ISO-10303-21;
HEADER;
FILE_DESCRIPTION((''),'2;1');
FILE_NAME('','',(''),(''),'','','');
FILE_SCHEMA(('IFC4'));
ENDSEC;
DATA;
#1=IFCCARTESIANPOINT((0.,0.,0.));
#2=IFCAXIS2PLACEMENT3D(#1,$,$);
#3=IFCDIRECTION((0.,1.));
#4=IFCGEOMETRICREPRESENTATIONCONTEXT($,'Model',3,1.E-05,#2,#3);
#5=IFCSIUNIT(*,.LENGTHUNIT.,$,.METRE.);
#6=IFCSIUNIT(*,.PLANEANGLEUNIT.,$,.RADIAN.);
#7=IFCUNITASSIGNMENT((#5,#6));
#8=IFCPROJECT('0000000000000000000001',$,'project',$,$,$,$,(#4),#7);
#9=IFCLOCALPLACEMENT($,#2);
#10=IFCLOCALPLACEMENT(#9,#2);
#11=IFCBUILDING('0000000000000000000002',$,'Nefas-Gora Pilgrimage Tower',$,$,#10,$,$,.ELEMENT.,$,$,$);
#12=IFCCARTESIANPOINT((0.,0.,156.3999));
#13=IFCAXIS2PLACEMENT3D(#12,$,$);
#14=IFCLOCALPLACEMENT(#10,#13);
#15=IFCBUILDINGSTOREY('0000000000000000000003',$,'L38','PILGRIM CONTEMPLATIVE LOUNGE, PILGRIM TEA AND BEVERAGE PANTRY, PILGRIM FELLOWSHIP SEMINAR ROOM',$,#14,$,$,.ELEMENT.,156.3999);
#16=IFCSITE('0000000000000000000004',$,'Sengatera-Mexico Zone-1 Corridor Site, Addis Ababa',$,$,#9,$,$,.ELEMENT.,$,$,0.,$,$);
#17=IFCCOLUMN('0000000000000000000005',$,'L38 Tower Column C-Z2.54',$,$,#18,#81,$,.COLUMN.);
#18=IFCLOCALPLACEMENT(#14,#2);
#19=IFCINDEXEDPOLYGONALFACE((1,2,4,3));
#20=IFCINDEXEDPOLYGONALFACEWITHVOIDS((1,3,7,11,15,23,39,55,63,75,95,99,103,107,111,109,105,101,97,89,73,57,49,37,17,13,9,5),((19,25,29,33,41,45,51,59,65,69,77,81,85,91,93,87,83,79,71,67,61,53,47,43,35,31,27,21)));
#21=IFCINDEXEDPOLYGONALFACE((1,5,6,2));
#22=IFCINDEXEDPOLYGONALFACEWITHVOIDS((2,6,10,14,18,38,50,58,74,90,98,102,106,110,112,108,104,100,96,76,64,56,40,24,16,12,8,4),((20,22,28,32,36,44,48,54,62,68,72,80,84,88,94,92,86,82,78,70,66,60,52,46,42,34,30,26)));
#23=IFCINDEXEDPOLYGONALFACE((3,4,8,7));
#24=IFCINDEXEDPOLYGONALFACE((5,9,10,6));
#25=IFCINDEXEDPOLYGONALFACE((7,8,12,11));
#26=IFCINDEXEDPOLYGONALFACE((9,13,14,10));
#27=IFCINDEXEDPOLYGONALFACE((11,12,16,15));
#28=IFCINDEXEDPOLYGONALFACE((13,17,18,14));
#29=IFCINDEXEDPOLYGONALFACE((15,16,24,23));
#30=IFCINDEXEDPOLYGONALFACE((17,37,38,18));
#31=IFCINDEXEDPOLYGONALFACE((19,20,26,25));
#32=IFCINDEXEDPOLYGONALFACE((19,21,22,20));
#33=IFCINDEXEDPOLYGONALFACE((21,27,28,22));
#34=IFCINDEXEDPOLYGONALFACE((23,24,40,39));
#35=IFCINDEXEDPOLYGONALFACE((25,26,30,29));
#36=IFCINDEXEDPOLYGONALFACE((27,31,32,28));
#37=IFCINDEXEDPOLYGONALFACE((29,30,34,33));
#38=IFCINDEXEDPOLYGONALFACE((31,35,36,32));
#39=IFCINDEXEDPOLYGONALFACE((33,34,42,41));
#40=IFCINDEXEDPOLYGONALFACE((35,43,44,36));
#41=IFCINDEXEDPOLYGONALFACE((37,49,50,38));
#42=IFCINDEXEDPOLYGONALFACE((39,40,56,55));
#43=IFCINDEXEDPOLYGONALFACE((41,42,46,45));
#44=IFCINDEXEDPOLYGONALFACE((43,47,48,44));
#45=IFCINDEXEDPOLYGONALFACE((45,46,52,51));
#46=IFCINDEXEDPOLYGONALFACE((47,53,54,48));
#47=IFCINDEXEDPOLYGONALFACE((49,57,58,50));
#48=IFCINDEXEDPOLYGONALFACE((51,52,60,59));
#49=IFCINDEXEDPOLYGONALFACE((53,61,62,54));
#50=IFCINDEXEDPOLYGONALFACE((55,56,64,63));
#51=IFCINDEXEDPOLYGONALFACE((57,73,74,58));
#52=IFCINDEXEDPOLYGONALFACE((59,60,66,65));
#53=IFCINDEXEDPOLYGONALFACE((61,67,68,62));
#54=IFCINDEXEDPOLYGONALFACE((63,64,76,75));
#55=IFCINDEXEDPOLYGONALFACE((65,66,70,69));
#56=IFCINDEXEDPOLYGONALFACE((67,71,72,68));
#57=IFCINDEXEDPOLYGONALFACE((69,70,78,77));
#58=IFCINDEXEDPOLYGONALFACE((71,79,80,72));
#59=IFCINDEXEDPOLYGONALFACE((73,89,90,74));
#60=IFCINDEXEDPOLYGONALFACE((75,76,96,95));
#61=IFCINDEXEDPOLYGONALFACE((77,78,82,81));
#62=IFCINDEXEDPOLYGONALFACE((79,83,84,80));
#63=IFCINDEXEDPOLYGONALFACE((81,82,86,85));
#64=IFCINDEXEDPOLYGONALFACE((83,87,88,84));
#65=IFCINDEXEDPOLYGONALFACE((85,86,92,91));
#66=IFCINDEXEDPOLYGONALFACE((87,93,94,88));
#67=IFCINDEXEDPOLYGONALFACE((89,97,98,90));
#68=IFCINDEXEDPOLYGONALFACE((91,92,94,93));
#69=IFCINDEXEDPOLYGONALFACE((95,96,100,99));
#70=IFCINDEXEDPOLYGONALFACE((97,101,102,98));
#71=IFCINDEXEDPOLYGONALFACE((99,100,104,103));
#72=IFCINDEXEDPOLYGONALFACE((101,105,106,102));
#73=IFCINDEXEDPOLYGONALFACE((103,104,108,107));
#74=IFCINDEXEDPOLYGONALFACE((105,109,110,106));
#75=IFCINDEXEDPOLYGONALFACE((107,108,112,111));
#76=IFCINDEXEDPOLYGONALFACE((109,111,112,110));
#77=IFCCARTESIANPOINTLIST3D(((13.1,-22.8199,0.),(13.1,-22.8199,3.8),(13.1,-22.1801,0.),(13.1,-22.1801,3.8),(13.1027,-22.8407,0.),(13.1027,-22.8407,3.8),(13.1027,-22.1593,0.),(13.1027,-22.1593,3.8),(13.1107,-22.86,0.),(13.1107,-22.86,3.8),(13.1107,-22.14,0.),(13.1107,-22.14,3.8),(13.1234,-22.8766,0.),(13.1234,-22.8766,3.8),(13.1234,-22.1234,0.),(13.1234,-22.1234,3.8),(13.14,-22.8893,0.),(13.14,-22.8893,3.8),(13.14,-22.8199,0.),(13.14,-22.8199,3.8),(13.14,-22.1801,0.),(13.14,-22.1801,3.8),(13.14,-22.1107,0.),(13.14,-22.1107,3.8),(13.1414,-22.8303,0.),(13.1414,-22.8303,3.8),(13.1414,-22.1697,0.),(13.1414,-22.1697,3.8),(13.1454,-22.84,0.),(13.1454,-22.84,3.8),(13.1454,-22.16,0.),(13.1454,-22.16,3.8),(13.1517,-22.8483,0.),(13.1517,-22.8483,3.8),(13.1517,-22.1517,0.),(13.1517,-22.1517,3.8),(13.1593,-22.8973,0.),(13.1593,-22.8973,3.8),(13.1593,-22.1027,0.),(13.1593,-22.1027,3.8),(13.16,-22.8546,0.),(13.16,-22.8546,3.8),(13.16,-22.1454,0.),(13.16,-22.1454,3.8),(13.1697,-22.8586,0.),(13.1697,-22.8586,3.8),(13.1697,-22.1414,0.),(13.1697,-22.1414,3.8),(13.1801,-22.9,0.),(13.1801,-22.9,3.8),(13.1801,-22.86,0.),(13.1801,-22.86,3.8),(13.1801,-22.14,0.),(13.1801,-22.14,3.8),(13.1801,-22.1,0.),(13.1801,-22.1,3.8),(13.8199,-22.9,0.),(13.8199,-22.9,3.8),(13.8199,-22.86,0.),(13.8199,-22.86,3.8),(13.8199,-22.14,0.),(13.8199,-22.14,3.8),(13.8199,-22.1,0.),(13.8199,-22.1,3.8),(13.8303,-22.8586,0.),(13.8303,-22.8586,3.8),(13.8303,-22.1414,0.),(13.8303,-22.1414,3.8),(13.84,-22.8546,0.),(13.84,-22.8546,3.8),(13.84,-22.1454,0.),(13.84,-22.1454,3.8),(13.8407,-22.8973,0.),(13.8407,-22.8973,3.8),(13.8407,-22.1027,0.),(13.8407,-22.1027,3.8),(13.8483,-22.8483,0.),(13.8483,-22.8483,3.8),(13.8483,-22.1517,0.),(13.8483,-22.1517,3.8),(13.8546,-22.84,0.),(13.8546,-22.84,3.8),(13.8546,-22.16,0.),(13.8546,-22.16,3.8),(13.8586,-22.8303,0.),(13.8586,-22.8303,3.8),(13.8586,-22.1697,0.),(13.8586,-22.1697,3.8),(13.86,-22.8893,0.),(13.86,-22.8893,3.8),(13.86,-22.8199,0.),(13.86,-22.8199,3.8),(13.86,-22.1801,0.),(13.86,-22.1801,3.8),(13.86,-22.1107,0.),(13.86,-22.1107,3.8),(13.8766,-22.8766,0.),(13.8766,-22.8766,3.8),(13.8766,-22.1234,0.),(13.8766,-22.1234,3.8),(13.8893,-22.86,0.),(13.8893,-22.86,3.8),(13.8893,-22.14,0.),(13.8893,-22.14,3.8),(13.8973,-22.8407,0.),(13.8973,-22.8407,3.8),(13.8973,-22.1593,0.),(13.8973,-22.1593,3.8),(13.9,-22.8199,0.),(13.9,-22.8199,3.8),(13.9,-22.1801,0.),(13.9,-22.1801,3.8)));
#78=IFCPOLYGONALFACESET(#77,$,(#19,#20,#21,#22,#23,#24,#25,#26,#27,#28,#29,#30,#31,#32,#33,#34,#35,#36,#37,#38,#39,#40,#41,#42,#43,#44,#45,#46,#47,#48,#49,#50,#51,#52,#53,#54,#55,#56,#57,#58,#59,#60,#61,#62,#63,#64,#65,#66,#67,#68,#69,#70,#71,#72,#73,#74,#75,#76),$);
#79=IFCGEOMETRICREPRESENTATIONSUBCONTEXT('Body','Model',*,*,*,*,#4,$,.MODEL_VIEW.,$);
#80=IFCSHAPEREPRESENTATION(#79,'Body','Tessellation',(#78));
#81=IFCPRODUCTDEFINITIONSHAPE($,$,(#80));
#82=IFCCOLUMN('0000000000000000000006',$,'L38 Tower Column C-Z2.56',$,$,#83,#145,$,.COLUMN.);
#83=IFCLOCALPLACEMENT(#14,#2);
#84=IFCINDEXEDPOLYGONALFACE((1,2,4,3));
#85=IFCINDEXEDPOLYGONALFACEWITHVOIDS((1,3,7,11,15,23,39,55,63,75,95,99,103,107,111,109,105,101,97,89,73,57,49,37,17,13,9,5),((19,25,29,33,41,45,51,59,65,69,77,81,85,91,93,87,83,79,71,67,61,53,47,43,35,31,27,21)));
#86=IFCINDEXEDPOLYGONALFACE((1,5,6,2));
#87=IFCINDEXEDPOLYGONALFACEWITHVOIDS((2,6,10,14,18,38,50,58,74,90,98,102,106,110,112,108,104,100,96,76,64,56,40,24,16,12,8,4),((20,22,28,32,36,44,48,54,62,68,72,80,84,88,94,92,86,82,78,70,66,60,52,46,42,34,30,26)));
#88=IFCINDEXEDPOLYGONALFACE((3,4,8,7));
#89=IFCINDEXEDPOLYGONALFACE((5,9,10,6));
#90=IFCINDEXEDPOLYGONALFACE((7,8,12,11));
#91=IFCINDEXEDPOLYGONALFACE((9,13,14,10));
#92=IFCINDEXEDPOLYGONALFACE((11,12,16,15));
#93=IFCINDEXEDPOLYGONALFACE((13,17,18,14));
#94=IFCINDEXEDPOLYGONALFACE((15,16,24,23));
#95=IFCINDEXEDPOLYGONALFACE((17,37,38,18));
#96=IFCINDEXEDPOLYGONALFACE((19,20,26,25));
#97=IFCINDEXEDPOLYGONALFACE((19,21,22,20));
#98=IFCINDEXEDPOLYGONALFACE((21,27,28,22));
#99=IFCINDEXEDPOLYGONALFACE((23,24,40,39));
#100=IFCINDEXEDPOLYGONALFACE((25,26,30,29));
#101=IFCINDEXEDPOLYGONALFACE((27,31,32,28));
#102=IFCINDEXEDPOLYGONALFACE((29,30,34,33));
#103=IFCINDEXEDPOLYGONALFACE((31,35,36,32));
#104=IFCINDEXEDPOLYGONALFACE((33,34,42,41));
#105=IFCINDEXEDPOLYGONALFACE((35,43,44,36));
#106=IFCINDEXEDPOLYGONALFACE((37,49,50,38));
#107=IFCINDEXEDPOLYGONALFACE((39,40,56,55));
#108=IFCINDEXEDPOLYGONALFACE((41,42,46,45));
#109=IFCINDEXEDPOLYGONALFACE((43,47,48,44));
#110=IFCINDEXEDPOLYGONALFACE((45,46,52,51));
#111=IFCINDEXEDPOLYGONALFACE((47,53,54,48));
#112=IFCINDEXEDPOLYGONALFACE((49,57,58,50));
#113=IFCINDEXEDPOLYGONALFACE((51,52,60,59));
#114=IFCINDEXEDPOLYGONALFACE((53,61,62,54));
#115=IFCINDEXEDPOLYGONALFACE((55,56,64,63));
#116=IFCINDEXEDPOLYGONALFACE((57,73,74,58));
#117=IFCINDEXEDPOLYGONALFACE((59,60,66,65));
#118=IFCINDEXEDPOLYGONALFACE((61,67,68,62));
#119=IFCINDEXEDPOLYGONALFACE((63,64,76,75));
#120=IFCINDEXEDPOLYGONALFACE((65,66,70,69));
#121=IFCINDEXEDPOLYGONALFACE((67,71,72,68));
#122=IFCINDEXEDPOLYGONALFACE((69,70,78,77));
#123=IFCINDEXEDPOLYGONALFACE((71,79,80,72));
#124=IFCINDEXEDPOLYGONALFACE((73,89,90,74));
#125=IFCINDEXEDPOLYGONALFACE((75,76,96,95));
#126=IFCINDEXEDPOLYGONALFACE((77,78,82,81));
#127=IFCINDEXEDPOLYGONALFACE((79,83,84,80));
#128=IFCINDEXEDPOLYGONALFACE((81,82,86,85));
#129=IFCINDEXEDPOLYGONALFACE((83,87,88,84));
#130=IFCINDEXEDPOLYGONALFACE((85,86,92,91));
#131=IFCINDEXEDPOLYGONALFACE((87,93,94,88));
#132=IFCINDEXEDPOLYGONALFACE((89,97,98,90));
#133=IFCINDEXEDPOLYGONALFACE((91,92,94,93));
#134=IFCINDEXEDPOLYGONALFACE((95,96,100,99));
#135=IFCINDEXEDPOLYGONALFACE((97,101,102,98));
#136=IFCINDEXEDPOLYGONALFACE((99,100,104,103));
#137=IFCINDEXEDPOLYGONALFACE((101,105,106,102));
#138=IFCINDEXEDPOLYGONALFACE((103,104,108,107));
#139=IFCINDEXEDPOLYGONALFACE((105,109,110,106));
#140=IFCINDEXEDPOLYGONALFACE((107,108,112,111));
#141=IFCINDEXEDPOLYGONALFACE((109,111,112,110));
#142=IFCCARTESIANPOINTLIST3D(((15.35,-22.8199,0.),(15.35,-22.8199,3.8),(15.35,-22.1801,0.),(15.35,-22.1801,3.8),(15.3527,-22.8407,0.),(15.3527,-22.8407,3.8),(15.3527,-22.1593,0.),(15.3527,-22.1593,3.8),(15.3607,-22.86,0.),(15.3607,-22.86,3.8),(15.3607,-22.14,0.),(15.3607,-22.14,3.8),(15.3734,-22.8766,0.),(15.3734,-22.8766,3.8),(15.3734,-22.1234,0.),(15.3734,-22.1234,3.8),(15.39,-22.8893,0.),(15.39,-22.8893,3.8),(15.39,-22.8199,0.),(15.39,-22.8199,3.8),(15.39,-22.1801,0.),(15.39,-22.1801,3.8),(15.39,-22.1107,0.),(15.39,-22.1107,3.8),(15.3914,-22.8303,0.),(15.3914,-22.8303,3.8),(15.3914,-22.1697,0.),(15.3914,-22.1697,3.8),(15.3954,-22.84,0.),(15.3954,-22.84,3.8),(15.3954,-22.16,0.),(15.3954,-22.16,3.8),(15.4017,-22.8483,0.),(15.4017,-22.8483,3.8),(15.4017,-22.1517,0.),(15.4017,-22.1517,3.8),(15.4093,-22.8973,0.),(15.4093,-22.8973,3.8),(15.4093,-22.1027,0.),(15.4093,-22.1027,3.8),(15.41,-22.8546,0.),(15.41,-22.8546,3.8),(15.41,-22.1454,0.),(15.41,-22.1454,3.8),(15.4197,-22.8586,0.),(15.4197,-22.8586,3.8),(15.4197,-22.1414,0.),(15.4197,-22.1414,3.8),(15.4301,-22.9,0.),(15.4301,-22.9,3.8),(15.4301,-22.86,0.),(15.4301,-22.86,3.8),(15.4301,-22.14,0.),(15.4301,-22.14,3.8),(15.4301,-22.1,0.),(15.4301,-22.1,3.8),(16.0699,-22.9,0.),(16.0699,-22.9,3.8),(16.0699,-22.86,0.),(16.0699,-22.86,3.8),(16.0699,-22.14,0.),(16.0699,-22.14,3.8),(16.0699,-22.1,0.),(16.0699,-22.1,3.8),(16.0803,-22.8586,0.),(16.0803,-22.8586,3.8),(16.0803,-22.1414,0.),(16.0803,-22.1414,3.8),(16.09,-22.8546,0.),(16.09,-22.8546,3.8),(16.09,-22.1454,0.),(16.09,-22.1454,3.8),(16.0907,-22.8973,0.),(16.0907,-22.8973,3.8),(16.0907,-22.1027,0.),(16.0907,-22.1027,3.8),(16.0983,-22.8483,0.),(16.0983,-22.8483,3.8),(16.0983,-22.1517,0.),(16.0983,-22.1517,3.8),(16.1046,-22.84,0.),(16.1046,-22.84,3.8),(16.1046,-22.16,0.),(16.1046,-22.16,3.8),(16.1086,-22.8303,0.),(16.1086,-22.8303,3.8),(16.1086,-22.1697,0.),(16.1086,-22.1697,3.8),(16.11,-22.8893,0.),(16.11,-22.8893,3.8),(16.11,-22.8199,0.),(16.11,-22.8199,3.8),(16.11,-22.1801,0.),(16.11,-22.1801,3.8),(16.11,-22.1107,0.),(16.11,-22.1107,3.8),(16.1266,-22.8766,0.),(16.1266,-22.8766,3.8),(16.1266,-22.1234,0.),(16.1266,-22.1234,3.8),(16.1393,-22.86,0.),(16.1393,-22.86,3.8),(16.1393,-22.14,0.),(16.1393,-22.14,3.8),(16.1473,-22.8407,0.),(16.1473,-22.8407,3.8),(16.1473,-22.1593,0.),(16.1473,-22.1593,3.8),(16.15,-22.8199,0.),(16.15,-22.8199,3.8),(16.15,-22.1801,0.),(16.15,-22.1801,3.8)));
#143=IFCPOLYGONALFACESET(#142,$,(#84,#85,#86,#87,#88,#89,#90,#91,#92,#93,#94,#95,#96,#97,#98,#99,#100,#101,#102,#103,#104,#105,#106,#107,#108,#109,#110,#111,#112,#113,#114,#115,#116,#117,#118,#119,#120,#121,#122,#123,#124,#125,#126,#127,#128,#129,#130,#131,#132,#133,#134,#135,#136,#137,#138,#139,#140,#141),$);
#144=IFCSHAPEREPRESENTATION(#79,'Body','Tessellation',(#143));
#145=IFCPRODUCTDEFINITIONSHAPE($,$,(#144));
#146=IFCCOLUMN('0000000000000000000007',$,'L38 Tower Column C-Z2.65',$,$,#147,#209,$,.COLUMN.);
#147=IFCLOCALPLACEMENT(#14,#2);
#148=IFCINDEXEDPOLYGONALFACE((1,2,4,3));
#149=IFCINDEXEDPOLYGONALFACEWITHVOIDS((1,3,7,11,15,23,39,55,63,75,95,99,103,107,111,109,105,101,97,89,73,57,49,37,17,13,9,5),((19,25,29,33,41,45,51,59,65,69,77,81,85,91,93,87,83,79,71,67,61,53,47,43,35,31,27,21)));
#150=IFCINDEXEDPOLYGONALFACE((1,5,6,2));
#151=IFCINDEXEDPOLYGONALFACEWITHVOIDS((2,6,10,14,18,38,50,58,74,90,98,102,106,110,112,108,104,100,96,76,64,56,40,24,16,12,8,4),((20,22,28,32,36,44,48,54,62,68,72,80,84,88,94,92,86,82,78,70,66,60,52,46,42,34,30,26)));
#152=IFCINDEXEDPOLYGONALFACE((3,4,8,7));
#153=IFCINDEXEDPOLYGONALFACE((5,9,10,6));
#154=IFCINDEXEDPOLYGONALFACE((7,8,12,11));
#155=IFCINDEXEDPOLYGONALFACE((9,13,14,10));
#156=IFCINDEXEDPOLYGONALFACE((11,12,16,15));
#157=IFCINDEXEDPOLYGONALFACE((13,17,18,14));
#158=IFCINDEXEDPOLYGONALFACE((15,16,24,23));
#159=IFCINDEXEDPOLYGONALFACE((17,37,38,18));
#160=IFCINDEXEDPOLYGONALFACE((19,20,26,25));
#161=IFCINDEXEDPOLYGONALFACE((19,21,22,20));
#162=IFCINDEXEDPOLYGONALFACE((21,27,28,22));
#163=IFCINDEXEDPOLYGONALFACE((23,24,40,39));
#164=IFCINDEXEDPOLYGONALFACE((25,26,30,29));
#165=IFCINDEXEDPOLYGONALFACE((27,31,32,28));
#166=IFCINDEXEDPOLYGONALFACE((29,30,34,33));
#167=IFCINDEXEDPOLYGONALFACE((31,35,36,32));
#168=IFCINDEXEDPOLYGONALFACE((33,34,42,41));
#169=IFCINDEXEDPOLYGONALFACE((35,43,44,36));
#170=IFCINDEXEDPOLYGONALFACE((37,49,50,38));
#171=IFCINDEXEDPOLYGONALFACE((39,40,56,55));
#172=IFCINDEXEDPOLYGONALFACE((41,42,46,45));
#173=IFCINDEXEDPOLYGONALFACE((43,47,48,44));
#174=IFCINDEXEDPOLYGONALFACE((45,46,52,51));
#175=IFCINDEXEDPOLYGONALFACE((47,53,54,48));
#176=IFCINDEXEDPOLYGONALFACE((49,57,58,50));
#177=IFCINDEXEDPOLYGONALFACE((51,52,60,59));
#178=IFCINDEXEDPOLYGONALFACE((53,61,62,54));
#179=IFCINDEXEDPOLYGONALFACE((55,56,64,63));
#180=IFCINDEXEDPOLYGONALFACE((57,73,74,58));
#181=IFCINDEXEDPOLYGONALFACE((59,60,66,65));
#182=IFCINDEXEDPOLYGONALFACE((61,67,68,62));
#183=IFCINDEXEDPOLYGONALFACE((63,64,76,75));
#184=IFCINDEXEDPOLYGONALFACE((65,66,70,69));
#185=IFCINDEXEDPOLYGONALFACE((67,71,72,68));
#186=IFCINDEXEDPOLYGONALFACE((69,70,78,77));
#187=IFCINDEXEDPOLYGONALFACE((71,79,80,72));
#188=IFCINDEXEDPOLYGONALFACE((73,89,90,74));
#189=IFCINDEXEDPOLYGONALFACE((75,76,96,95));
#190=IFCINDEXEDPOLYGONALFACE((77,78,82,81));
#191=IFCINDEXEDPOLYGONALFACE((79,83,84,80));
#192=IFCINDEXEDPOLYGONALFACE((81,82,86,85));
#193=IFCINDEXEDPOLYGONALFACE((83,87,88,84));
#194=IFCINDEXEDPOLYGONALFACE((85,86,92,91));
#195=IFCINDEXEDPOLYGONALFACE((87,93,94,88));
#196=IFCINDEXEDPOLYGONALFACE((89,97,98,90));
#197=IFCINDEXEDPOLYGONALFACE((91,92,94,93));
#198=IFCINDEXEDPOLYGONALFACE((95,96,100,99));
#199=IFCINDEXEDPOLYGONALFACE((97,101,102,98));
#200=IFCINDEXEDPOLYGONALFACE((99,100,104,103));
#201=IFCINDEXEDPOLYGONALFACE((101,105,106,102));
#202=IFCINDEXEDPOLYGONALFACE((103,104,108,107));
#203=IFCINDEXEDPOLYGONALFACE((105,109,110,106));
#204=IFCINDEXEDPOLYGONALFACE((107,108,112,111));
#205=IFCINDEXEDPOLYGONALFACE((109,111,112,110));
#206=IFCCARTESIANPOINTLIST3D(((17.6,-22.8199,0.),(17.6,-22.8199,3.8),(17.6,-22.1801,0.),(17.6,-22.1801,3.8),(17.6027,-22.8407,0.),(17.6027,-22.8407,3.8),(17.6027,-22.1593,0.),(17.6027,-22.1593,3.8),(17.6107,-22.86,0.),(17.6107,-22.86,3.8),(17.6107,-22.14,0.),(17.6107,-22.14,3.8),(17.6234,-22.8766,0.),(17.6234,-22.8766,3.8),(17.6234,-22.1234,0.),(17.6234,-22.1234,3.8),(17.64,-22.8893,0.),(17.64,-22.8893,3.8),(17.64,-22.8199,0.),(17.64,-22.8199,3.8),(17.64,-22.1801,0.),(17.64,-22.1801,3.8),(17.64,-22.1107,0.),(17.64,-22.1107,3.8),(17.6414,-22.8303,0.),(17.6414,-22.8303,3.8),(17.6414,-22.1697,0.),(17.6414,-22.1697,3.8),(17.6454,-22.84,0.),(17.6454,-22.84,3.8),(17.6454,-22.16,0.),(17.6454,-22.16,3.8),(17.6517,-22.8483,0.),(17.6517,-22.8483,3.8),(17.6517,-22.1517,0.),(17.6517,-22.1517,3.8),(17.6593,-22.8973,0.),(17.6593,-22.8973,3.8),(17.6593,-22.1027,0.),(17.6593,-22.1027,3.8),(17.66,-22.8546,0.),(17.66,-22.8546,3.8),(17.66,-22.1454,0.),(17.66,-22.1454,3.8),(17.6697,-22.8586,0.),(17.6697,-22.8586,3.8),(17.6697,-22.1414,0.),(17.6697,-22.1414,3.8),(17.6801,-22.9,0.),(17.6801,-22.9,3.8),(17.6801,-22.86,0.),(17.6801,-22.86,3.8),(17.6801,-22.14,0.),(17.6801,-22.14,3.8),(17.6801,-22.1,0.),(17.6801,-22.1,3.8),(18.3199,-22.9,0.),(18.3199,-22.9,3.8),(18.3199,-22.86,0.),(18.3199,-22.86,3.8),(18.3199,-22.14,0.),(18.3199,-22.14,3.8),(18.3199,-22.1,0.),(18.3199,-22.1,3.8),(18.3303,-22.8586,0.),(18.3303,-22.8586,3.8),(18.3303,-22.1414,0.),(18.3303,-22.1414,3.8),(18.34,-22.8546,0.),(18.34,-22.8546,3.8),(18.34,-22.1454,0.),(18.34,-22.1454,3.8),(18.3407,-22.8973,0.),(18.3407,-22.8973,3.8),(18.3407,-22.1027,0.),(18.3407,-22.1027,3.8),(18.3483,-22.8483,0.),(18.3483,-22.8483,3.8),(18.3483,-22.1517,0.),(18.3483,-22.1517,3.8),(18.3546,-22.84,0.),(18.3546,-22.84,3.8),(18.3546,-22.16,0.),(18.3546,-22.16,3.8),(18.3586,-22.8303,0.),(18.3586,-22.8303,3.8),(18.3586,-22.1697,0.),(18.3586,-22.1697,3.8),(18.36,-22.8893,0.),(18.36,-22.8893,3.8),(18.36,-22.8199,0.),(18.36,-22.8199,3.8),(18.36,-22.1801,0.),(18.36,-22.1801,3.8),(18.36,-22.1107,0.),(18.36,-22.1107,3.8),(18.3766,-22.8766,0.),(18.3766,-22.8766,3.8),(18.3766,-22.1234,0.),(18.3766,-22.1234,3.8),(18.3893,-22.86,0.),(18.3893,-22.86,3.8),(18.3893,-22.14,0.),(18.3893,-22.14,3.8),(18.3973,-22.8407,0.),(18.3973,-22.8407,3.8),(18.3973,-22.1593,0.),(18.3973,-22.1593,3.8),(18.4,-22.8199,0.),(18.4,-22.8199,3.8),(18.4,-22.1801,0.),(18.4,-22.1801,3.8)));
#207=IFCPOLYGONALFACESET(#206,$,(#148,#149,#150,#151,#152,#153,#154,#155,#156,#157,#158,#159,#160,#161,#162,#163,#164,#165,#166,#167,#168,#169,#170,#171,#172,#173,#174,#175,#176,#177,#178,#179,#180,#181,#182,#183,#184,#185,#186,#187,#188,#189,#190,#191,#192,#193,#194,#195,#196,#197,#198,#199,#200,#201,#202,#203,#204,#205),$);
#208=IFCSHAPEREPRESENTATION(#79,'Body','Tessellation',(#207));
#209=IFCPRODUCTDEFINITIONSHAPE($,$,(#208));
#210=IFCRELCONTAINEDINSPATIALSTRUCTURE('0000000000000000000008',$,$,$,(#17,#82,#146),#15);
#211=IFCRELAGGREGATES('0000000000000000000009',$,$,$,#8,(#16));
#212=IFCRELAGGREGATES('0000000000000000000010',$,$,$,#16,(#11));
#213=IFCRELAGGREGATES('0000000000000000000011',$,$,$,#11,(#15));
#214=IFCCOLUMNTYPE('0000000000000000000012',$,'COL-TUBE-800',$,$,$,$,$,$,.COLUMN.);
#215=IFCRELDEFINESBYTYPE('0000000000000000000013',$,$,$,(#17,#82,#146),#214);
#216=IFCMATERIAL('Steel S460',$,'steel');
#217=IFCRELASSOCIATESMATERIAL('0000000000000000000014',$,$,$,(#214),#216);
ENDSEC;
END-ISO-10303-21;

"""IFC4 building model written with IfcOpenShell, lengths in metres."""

from ifc_helpers import new_model, si_unit, direction, frame, origin, origin_2d, place, context, subcontext, project, spatial, hollow_rectangle, extrude, source, transform, mapped, material, material_profile, profile_set, type_object, element, save


model = new_model("IFC4")

# Units and contexts
model_context = context("Model", 3, precision=1e-05, world=origin(), true_north=direction((0.0, 1.0)))
body_context = subcontext(model_context, "Body", "Model", "MODEL_VIEW")
ifc_project = project(units=[si_unit("LENGTHUNIT", "METRE"), si_unit("PLANEANGLEUNIT", "RADIAN")], contexts=[model_context])

# Site, building, storey
site_placement = place(None, origin())
site = spatial("IfcSite", under=ifc_project, at=site_placement, Name="Sengatera-Mexico Zone-1 Corridor Site, Addis Ababa", CompositionType="ELEMENT", RefElevation=0.0)
building_placement = place(site_placement, origin())
building = spatial("IfcBuilding", under=site, at=building_placement, Name="Nefas-Gora Pilgrimage Tower", CompositionType="ELEMENT")
storey_placement = place(building_placement, frame((0.0, 0.0, 156.3999)))
storey = spatial("IfcBuildingStorey", under=building, at=storey_placement, Name="L38", Description="PILGRIM CONTEMPLATIVE LOUNGE, PILGRIM TEA AND BEVERAGE PANTRY, PILGRIM FELLOWSHIP SEMINAR ROOM", CompositionType="ELEMENT", Elevation=156.3999)

# Columns
ifc_material_1 = material(Name="Steel S460", Category="steel")
ifc_material_profile_1 = material_profile(ifc_material_1, hollow_rectangle(XDim=0.8, YDim=0.8, WallThickness=0.04, InnerFilletRadius=0.04, OuterFilletRadius=0.0801, at=origin_2d()), Name="BOX 800x800x40")
ifc_profile_set_1 = profile_set([ifc_material_profile_1], Name="Steel S460")
column_type_1 = type_object("IfcColumnType", Name="COL-TUBE-800", PredefinedType="COLUMN", material=ifc_profile_set_1)
shared_shape_1 = source(origin(), body_context, "Body", "SweptSolid", [
    extrude(hollow_rectangle(XDim=0.8, YDim=0.8, WallThickness=0.04, InnerFilletRadius=0.04, OuterFilletRadius=0.0801, at=origin_2d()), origin(), (0.0, 0.0, 1.0), 3.8),
])
for number, where, z_axis, x_axis, name in (
    (1, (13.5, -22.5, 0.0), (0.0, 0.0, 1.0), (1.0, 0.0, 0.0), "L38 Tower Column C-Z2.54"),
    (2, (15.75, -22.5, 0.0), (0.0, 0.0, 1.0), (1.0, 0.0, 0.0), "L38 Tower Column C-Z2.56"),
    (3, (18.0, -22.5, 0.0), (0.0, 0.0, 1.0), (1.0, 0.0, 0.0), "L38 Tower Column C-Z2.65"),
):
    element("IfcColumn", number, at=place(storey_placement, frame(where, z_axis=z_axis, x_axis=x_axis)), inside=storey, type_object=column_type_1, Name=name, PredefinedType="COLUMN", context=body_context, shape_type="MappedRepresentation", body=[
        mapped(shared_shape_1, transform((0.0, 0.0, 0.0), x_axis=(1.0, 0.0, 0.0), y_axis=(0.0, 1.0, 0.0), z_axis=(0.0, 0.0, 1.0), scale=1.0)),
    ])

save(model, "model.ifc")
